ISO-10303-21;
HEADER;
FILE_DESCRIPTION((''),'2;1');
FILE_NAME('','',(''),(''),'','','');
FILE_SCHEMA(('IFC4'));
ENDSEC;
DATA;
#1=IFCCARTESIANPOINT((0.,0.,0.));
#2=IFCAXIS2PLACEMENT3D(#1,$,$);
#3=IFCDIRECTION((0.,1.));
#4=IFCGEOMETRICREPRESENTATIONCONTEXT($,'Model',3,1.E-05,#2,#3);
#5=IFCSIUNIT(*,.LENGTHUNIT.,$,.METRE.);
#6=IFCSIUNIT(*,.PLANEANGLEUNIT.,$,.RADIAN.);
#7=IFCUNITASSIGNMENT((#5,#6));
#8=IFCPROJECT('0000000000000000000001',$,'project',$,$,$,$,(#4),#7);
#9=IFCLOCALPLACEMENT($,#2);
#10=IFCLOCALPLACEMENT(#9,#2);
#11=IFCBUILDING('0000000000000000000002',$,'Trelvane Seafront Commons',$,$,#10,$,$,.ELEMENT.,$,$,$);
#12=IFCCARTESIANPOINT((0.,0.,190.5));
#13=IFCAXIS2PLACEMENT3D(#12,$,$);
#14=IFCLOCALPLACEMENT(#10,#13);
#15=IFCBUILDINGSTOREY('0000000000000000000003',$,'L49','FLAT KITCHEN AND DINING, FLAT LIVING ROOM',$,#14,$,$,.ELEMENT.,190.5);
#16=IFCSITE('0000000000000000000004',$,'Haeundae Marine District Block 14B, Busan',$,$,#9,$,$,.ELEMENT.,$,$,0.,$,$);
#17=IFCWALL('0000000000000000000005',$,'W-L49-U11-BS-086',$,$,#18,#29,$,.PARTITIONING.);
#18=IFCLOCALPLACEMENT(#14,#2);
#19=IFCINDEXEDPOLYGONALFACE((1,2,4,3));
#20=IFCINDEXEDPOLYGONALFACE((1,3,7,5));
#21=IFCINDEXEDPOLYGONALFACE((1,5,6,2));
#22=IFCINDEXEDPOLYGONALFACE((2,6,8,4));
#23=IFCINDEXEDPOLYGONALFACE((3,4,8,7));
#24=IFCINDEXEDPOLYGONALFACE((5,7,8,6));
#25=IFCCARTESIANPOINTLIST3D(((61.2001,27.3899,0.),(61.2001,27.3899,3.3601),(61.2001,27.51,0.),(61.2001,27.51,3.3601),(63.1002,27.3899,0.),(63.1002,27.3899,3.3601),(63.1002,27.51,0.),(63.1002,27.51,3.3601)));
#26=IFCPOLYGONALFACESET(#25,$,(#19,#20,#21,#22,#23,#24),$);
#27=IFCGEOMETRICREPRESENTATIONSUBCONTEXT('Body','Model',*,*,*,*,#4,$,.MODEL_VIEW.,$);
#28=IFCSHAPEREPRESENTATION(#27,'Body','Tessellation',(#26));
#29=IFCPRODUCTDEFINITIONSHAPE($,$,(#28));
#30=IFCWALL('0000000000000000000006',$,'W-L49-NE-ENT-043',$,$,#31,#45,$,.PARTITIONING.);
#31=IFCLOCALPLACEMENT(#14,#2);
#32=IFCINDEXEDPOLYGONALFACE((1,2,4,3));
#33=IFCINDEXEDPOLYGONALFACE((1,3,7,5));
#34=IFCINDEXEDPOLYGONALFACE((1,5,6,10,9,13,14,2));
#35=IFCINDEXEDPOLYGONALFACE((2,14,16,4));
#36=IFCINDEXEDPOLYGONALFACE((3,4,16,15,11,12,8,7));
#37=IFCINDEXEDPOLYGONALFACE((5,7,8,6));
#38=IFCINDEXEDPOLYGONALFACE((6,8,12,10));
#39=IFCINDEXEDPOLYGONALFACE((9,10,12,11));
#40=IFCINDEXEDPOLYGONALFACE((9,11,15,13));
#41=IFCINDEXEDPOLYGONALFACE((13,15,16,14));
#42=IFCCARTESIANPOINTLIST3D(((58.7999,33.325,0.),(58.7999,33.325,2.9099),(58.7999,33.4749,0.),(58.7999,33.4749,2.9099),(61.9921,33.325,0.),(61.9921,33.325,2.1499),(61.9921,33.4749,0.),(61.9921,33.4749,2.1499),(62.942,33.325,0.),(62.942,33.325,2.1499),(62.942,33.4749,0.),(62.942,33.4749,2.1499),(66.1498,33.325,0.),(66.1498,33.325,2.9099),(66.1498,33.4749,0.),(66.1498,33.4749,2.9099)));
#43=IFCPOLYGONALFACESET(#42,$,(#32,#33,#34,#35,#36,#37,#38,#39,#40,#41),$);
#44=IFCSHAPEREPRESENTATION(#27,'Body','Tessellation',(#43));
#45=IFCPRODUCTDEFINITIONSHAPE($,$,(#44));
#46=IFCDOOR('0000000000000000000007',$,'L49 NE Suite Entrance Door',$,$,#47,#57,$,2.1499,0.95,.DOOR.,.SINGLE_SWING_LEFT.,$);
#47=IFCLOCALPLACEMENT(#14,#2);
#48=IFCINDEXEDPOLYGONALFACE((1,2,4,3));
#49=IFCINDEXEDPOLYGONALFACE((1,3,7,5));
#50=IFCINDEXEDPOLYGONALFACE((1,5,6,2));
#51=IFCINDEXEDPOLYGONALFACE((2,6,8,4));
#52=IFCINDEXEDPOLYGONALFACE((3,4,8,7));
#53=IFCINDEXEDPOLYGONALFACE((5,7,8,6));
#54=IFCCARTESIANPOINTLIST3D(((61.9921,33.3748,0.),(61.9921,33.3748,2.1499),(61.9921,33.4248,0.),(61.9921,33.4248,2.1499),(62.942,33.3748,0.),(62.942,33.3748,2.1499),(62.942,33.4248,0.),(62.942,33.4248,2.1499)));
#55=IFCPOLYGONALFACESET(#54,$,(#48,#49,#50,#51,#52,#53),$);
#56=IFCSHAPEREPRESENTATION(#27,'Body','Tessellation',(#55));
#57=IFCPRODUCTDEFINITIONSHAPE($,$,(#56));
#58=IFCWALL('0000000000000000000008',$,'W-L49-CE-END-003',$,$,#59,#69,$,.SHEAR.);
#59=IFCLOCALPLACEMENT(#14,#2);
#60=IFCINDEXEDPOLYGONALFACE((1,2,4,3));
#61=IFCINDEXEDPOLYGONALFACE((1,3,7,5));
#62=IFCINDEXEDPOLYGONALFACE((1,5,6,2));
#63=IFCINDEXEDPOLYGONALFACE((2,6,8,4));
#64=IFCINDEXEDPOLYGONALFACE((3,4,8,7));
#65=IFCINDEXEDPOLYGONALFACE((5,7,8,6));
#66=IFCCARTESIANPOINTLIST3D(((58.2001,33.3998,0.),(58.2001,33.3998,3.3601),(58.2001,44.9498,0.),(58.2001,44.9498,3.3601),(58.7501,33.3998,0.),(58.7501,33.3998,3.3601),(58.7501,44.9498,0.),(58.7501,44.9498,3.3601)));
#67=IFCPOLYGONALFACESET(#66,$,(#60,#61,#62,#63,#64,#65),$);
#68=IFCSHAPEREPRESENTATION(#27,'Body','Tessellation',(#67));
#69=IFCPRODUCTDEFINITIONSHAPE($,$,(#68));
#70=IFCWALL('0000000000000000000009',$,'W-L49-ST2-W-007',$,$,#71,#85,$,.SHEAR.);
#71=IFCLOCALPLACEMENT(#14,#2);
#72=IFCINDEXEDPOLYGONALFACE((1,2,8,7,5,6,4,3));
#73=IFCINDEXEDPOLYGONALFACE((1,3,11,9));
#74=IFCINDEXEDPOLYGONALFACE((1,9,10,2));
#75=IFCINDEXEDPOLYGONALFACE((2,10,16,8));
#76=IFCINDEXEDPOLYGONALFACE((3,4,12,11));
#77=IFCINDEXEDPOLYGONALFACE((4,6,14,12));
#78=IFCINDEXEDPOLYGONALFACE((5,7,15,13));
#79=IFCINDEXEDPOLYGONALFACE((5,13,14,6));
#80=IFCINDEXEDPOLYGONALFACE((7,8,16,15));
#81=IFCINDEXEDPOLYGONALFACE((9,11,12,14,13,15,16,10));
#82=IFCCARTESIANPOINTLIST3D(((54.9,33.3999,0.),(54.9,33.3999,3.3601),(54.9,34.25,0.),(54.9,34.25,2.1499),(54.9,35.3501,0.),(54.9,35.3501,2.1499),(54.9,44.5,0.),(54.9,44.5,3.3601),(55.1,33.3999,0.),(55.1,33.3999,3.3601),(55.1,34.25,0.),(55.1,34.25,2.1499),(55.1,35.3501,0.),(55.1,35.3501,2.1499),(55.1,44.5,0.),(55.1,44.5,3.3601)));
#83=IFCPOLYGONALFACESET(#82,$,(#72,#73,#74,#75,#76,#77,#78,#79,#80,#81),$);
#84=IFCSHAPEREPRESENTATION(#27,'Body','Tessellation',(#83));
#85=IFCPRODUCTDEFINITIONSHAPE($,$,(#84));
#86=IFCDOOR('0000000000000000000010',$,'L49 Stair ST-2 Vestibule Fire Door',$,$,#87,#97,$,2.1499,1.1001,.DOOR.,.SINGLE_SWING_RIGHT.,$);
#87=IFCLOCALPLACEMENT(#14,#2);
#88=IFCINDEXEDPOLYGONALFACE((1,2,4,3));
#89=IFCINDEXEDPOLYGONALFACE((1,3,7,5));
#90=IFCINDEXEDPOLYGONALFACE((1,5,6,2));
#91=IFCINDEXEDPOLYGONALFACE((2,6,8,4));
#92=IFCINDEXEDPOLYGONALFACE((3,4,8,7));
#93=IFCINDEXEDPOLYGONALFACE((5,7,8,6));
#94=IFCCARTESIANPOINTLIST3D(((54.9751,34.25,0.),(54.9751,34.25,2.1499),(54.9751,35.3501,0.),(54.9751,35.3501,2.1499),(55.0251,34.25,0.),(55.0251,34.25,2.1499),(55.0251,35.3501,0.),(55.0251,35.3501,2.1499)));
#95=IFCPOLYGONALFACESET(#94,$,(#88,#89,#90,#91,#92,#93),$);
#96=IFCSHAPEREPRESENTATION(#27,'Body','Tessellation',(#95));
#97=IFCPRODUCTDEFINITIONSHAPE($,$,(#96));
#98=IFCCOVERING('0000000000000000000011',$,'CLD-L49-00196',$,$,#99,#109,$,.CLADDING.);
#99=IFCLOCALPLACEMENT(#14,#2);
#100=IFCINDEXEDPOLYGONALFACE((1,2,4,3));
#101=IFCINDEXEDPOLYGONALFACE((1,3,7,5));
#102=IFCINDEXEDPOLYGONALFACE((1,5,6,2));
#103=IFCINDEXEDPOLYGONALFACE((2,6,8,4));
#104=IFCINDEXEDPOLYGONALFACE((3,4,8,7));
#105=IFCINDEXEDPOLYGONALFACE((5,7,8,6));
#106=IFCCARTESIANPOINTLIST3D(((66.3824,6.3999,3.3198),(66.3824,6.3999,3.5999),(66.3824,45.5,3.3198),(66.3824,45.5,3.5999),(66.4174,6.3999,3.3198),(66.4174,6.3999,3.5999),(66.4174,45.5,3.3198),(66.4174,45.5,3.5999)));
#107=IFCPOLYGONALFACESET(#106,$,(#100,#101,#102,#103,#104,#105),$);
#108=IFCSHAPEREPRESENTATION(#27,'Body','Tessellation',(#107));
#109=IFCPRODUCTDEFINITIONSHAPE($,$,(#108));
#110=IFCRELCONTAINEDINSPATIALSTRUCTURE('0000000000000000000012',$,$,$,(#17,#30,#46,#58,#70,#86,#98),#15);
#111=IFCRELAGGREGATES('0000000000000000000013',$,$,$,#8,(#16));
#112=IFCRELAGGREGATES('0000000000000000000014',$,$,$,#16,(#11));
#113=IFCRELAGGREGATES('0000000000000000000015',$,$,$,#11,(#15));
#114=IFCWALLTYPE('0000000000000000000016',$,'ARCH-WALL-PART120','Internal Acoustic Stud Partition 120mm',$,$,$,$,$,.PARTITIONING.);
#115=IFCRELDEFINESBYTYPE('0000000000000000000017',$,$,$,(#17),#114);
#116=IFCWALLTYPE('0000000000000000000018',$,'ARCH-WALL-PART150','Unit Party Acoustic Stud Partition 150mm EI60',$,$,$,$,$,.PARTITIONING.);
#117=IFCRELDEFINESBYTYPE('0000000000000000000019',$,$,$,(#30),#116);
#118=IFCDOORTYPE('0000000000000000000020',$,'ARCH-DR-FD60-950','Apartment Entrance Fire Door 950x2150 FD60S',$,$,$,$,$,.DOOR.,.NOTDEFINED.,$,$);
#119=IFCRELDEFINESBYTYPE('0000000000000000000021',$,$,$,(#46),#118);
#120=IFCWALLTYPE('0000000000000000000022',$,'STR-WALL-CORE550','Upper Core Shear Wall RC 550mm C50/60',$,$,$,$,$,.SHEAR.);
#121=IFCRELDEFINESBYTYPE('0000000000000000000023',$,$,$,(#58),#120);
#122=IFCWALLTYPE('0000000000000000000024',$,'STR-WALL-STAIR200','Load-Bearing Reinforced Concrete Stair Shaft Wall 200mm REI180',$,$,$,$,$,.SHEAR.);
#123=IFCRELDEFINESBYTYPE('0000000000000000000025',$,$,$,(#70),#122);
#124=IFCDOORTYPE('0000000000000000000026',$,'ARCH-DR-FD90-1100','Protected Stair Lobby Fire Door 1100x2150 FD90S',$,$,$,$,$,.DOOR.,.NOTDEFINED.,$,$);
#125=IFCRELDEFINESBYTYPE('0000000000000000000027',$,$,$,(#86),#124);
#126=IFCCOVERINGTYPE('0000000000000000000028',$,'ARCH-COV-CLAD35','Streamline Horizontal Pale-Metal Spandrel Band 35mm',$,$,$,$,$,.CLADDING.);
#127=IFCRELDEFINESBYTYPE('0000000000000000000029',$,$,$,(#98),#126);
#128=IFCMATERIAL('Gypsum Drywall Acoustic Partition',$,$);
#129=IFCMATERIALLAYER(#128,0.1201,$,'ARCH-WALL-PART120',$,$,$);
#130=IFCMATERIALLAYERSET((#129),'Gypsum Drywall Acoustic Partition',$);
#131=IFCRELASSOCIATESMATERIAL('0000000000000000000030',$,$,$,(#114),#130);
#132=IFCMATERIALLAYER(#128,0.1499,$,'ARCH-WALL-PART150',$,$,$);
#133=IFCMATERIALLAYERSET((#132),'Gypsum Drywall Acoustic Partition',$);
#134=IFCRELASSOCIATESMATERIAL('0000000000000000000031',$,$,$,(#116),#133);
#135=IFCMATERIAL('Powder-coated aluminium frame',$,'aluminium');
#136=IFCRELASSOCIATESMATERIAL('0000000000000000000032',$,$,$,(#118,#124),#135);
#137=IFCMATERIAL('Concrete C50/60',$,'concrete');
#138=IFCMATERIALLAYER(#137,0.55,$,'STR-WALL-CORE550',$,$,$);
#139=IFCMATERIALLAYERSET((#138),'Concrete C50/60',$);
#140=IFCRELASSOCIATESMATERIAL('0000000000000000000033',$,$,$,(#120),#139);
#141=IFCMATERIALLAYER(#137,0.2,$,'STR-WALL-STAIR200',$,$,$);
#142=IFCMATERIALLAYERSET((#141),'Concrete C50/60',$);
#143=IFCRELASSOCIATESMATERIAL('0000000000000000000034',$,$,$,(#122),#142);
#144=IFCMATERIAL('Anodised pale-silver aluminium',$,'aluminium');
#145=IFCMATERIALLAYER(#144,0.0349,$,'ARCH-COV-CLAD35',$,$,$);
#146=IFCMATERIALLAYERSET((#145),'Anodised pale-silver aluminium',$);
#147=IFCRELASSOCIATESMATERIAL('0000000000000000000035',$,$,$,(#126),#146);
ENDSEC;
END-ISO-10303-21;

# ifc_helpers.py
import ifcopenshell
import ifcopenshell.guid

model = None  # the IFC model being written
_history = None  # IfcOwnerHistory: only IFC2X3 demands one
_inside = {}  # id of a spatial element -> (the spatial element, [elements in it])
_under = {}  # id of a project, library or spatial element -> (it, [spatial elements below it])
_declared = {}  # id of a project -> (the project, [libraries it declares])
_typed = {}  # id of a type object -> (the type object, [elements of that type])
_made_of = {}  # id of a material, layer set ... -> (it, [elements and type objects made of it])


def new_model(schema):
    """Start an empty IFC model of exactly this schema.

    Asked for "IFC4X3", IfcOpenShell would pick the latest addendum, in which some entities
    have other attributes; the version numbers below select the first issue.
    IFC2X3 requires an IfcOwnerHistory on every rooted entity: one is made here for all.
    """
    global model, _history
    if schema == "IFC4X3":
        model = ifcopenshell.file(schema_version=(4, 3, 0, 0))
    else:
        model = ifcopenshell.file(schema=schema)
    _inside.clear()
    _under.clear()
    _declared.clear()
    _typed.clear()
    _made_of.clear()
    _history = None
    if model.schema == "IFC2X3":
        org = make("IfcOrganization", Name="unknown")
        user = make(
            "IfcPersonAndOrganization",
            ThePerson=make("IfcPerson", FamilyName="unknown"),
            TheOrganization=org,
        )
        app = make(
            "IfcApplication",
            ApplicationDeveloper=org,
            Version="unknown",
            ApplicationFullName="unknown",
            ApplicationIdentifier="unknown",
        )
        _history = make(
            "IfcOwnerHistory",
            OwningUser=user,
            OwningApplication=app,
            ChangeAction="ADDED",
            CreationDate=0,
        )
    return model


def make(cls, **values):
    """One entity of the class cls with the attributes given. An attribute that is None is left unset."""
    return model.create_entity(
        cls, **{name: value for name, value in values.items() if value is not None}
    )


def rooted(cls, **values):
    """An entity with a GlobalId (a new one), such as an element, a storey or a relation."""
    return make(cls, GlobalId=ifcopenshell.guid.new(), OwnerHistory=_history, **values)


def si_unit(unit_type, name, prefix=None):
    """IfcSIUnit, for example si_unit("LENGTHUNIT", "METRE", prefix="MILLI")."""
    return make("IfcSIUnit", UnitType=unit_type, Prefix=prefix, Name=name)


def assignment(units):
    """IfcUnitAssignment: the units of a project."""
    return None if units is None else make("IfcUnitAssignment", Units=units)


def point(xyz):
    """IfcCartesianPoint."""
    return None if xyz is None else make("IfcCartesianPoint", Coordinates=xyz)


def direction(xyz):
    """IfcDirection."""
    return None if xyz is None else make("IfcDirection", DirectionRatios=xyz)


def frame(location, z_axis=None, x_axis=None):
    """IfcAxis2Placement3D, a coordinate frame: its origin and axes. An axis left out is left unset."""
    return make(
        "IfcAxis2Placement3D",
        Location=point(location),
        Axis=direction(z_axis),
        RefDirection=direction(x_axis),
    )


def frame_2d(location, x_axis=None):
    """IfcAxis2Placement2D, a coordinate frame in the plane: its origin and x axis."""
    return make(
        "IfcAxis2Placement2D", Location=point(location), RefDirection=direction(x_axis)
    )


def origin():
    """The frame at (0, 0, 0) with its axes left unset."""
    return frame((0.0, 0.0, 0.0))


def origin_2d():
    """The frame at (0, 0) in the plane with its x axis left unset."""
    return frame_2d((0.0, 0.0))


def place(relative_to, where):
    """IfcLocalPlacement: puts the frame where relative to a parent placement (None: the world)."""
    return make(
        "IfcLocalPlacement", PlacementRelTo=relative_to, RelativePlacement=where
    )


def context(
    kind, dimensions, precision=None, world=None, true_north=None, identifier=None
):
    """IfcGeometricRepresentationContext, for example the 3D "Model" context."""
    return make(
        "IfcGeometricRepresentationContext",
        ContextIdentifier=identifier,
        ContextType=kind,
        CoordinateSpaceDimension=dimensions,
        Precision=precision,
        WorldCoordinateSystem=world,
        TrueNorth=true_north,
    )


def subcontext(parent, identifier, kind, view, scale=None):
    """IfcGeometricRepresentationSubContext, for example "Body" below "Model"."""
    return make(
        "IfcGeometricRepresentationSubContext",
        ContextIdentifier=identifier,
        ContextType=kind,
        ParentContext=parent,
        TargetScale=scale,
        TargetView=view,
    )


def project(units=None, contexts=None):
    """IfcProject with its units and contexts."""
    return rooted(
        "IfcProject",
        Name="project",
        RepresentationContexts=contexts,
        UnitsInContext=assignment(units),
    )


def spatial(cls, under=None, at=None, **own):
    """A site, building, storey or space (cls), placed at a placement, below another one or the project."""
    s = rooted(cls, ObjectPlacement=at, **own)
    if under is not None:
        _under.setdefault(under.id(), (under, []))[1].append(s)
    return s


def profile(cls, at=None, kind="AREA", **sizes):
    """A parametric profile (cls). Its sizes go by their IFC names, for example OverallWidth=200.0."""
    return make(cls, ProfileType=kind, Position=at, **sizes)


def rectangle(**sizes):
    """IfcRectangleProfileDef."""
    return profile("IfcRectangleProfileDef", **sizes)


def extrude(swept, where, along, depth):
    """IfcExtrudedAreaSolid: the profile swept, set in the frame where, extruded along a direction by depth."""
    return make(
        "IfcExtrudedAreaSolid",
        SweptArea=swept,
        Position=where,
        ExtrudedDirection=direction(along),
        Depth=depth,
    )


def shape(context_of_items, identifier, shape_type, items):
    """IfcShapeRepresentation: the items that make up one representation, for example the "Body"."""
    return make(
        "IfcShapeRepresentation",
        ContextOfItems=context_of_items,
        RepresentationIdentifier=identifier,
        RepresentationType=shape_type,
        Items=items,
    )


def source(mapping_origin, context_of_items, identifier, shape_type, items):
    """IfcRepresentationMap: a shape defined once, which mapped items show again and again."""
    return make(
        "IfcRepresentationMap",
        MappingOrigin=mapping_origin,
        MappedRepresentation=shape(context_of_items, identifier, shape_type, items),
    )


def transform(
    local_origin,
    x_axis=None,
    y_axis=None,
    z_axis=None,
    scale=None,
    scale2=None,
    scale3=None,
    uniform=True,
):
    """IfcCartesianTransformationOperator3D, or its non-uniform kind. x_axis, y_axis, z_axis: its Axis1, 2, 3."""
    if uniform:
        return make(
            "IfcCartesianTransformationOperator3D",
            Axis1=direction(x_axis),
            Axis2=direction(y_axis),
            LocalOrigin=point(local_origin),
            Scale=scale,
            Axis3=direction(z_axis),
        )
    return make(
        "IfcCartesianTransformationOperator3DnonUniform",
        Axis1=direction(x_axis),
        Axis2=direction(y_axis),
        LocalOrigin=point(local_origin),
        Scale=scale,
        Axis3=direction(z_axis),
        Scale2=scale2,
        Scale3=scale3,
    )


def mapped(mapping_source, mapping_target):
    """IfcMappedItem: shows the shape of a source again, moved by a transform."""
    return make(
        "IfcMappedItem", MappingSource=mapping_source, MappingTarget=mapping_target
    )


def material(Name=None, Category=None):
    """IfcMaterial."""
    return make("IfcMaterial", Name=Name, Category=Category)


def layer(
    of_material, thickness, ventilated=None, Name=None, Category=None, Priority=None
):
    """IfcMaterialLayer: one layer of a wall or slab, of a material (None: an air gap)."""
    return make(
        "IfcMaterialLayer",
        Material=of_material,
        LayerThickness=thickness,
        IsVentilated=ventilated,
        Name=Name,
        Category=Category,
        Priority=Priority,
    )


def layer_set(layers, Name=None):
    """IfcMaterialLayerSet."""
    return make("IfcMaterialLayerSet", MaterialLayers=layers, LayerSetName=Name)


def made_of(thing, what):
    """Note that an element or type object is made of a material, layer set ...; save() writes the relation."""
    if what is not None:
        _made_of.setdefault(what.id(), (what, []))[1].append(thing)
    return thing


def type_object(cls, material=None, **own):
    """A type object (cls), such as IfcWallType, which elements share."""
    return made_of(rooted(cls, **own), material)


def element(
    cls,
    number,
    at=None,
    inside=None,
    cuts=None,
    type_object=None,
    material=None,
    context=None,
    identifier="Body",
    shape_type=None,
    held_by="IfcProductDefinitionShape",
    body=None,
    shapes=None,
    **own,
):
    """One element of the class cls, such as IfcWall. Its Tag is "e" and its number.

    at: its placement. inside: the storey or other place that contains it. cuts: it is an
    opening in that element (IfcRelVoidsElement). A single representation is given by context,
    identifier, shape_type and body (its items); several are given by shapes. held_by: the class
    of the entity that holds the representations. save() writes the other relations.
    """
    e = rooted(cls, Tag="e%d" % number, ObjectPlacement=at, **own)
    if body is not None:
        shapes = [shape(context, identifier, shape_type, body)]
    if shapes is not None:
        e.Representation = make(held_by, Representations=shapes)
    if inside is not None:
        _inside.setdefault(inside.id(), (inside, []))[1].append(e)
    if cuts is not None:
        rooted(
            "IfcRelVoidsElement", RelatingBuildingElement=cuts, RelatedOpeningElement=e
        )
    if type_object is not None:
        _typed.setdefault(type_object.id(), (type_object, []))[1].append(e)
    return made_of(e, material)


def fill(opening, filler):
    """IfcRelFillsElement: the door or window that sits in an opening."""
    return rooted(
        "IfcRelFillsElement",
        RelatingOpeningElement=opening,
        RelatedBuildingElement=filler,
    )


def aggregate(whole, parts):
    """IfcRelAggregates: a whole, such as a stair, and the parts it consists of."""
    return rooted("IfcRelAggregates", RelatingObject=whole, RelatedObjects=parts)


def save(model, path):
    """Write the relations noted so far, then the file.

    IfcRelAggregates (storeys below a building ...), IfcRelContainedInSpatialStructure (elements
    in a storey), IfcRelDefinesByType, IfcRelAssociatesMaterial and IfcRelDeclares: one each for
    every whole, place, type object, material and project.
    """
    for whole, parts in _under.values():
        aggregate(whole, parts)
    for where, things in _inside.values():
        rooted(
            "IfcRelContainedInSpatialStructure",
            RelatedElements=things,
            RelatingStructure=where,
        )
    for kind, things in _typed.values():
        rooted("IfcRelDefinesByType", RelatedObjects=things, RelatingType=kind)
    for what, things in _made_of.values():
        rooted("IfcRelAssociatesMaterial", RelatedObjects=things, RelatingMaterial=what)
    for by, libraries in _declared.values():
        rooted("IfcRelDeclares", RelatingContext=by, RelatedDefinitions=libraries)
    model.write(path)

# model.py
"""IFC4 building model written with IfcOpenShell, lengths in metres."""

from ifc_helpers import new_model, si_unit, direction, frame, frame_2d, origin, origin_2d, place, context, subcontext, project, spatial, rectangle, extrude, source, transform, mapped, material, layer, layer_set, type_object, element, fill, save


model = new_model("IFC4")

# Units and contexts
model_context = context("Model", 3, precision=1e-05, world=origin(), true_north=direction((0.0, 1.0)))
body_context = subcontext(model_context, "Body", "Model", "MODEL_VIEW")
ifc_project = project(units=[si_unit("LENGTHUNIT", "METRE"), si_unit("PLANEANGLEUNIT", "RADIAN")], contexts=[model_context])

# Site, building, storey
site_placement = place(None, origin())
site = spatial("IfcSite", under=ifc_project, at=site_placement, Name="Haeundae Marine District Block 14B, Busan", CompositionType="ELEMENT", RefElevation=0.0)
building_placement = place(site_placement, origin())
building = spatial("IfcBuilding", under=site, at=building_placement, Name="Trelvane Seafront Commons", CompositionType="ELEMENT")
storey_placement = place(building_placement, frame((0.0, 0.0, 190.5)))
storey = spatial("IfcBuildingStorey", under=building, at=storey_placement, Name="L49", Description="FLAT KITCHEN AND DINING, FLAT LIVING ROOM", CompositionType="ELEMENT", Elevation=190.5)

# Shared definitions
ifc_material_1 = material(Name="Concrete C50/60", Category="concrete")

# Shared definitions
ifc_material_2 = material(Name="Gypsum Drywall Acoustic Partition")
ifc_layer_1 = layer(ifc_material_2, 0.1201, Name="ARCH-WALL-PART120")
ifc_layer_set_1 = layer_set([ifc_layer_1], Name="Gypsum Drywall Acoustic Partition")
wall_type_1 = type_object("IfcWallType", Name="ARCH-WALL-PART120", Description="Internal Acoustic Stud Partition 120mm", PredefinedType="PARTITIONING", material=ifc_layer_set_1)
shared_shape_1 = source(origin(), body_context, "Body", "SweptSolid", [
    extrude(rectangle(XDim=0.95, YDim=2.1499, at=frame_2d((0.4751, 1.075))), frame((0.0, 0.0249, 0.0), z_axis=(0.0, -1.0, 0.0), x_axis=(1.0, 0.0, 0.0)), (0.0, 0.0, 1.0), 0.05),
])

# Wall
wall_1_placement = place(storey_placement, frame((61.2, 27.45, 0.0), z_axis=(0.0, 0.0, 1.0), x_axis=(1.0, 0.0, 0.0)))
element("IfcWall", 1, at=wall_1_placement, inside=storey, type_object=wall_type_1, Name="W-L49-U11-BS-086", PredefinedType="PARTITIONING", context=body_context, shape_type="SweptSolid", body=[
    extrude(rectangle(XDim=1.9001, YDim=0.1201, at=frame_2d((0.9502, 0.0))), origin(), (0.0, 0.0, 1.0), 3.3601),
])

# Wall, opening, door
ifc_layer_2 = layer(ifc_material_2, 0.1499, Name="ARCH-WALL-PART150")
ifc_layer_set_2 = layer_set([ifc_layer_2], Name="Gypsum Drywall Acoustic Partition")
wall_type_2 = type_object("IfcWallType", Name="ARCH-WALL-PART150", Description="Unit Party Acoustic Stud Partition 150mm EI60", PredefinedType="PARTITIONING", material=ifc_layer_set_2)
wall_2_placement = place(storey_placement, frame((58.8, 33.3999, 0.0), z_axis=(0.0, 0.0, 1.0), x_axis=(1.0, 0.0, 0.0)))
wall_2 = element("IfcWall", 2, at=wall_2_placement, inside=storey, type_object=wall_type_2, Name="W-L49-NE-ENT-043", PredefinedType="PARTITIONING", context=body_context, shape_type="SweptSolid", body=[
    extrude(rectangle(XDim=7.3499, YDim=0.1499, at=frame_2d((3.6748, 0.0))), origin(), (0.0, 0.0, 1.0), 2.9099),
])
opening_1_placement = place(wall_2_placement, frame((3.1919, 0.0, 0.0)))
opening_1 = element("IfcOpeningElement", 3, at=opening_1_placement, cuts=wall_2, PredefinedType="OPENING", context=body_context, shape_type="SweptSolid", body=[
    extrude(rectangle(XDim=0.95, YDim=2.1499, at=frame_2d((0.4751, 1.075))), frame((0.0, 0.085, 0.0), z_axis=(0.0, -1.0, 0.0), x_axis=(1.0, 0.0, 0.0)), (0.0, 0.0, 1.0), 0.1699),
])
ifc_material_3 = material(Name="Powder-coated aluminium frame", Category="aluminium")
door_type_1 = type_object("IfcDoorType", Name="ARCH-DR-FD60-950", Description="Apartment Entrance Fire Door 950x2150 FD60S", OperationType="NOTDEFINED", PredefinedType="DOOR", material=ifc_material_3)
door_1_placement = place(opening_1_placement, origin())
door_1 = element("IfcDoor", 4, at=door_1_placement, inside=storey, type_object=door_type_1, Name="L49 NE Suite Entrance Door", OperationType="SINGLE_SWING_LEFT", OverallHeight=2.1499, OverallWidth=0.95, PredefinedType="DOOR", context=body_context, shape_type="MappedRepresentation", body=[
    mapped(shared_shape_1, transform((0.0, 0.0, 0.0), x_axis=(1.0, 0.0, 0.0), y_axis=(0.0, 1.0, 0.0), z_axis=(0.0, 0.0, 1.0), scale=1.0)),
])
fill(opening_1, door_1)

# Wall
ifc_layer_3 = layer(ifc_material_1, 0.55, Name="STR-WALL-CORE550")
ifc_layer_set_3 = layer_set([ifc_layer_3], Name="Concrete C50/60")
wall_type_3 = type_object("IfcWallType", Name="STR-WALL-CORE550", Description="Upper Core Shear Wall RC 550mm C50/60", PredefinedType="SHEAR", material=ifc_layer_set_3)
wall_3_placement = place(storey_placement, frame((58.4751, 33.3999, 0.0), z_axis=(0.0, 0.0, 1.0), x_axis=(0.0, 1.0, 0.0)))
element("IfcWall", 5, at=wall_3_placement, inside=storey, type_object=wall_type_3, Name="W-L49-CE-END-003", PredefinedType="SHEAR", context=body_context, shape_type="SweptSolid", body=[
    extrude(rectangle(XDim=11.55, YDim=0.55, at=frame_2d((5.7749, 0.0))), origin(), (0.0, 0.0, 1.0), 3.3601),
])

# Wall, opening, door
ifc_layer_4 = layer(ifc_material_1, 0.2, Name="STR-WALL-STAIR200")
ifc_layer_set_4 = layer_set([ifc_layer_4], Name="Concrete C50/60")
wall_type_4 = type_object("IfcWallType", Name="STR-WALL-STAIR200", Description="Load-Bearing Reinforced Concrete Stair Shaft Wall 200mm REI180", PredefinedType="SHEAR", material=ifc_layer_set_4)
wall_4_placement = place(storey_placement, frame((55.0, 33.3999, 0.0), z_axis=(0.0, 0.0, 1.0), x_axis=(0.0, 1.0, 0.0)))
wall_4 = element("IfcWall", 6, at=wall_4_placement, inside=storey, type_object=wall_type_4, Name="W-L49-ST2-W-007", PredefinedType="SHEAR", context=body_context, shape_type="SweptSolid", body=[
    extrude(rectangle(XDim=11.1001, YDim=0.2, at=frame_2d((5.55, 0.0))), origin(), (0.0, 0.0, 1.0), 3.3601),
])
opening_2_placement = place(wall_4_placement, frame((0.8501, 0.0, 0.0)))
opening_2 = element("IfcOpeningElement", 7, at=opening_2_placement, cuts=wall_4, PredefinedType="OPENING", context=body_context, shape_type="SweptSolid", body=[
    extrude(rectangle(XDim=1.1001, YDim=2.1499, at=frame_2d((0.55, 1.075))), frame((0.0, 0.1099, 0.0), z_axis=(0.0, -1.0, 0.0), x_axis=(1.0, 0.0, 0.0)), (0.0, 0.0, 1.0), 0.22),
])
door_type_2 = type_object("IfcDoorType", Name="ARCH-DR-FD90-1100", Description="Protected Stair Lobby Fire Door 1100x2150 FD90S", OperationType="NOTDEFINED", PredefinedType="DOOR", material=ifc_material_3)
shared_shape_2 = source(origin(), body_context, "Body", "SweptSolid", [
    extrude(rectangle(XDim=1.1001, YDim=2.1499, at=frame_2d((0.55, 1.075))), frame((0.0, 0.0249, 0.0), z_axis=(0.0, -1.0, 0.0), x_axis=(1.0, 0.0, 0.0)), (0.0, 0.0, 1.0), 0.05),
])
door_2_placement = place(opening_2_placement, origin())
door_2 = element("IfcDoor", 8, at=door_2_placement, inside=storey, type_object=door_type_2, Name="L49 Stair ST-2 Vestibule Fire Door", OperationType="SINGLE_SWING_RIGHT", OverallHeight=2.1499, OverallWidth=1.1001, PredefinedType="DOOR", context=body_context, shape_type="MappedRepresentation", body=[
    mapped(shared_shape_2, transform((0.0, 0.0, 0.0), x_axis=(1.0, 0.0, 0.0), y_axis=(0.0, 1.0, 0.0), z_axis=(0.0, 0.0, 1.0), scale=1.0)),
])
fill(opening_2, door_2)

# Covering
ifc_material_4 = material(Name="Anodised pale-silver aluminium", Category="aluminium")
ifc_layer_5 = layer(ifc_material_4, 0.0349, Name="ARCH-COV-CLAD35")
ifc_layer_set_5 = layer_set([ifc_layer_5], Name="Anodised pale-silver aluminium")
covering_type = type_object("IfcCoveringType", Name="ARCH-COV-CLAD35", Description="Streamline Horizontal Pale-Metal Spandrel Band 35mm", PredefinedType="CLADDING", material=ifc_layer_set_5)
shared_shape_3 = source(origin(), body_context, "Body", "SweptSolid", [
    extrude(rectangle(XDim=39.1001, YDim=0.0349, at=origin_2d()), origin(), (0.0, 0.0, 1.0), 0.28),
])
covering_placement = place(storey_placement, frame((66.3999, 25.95, 3.3198), z_axis=(0.0, 0.0, 1.0), x_axis=(0.0, -1.0, 0.0)))
element("IfcCovering", 9, at=covering_placement, inside=storey, type_object=covering_type, Name="CLD-L49-00196", PredefinedType="CLADDING", context=body_context, shape_type="MappedRepresentation", body=[
    mapped(shared_shape_3, transform((0.0, 0.0, 0.0), x_axis=(1.0, 0.0, 0.0), y_axis=(0.0, 1.0, 0.0), z_axis=(0.0, 0.0, 1.0), scale=1.0)),
])

save(model, "model.ifc")
